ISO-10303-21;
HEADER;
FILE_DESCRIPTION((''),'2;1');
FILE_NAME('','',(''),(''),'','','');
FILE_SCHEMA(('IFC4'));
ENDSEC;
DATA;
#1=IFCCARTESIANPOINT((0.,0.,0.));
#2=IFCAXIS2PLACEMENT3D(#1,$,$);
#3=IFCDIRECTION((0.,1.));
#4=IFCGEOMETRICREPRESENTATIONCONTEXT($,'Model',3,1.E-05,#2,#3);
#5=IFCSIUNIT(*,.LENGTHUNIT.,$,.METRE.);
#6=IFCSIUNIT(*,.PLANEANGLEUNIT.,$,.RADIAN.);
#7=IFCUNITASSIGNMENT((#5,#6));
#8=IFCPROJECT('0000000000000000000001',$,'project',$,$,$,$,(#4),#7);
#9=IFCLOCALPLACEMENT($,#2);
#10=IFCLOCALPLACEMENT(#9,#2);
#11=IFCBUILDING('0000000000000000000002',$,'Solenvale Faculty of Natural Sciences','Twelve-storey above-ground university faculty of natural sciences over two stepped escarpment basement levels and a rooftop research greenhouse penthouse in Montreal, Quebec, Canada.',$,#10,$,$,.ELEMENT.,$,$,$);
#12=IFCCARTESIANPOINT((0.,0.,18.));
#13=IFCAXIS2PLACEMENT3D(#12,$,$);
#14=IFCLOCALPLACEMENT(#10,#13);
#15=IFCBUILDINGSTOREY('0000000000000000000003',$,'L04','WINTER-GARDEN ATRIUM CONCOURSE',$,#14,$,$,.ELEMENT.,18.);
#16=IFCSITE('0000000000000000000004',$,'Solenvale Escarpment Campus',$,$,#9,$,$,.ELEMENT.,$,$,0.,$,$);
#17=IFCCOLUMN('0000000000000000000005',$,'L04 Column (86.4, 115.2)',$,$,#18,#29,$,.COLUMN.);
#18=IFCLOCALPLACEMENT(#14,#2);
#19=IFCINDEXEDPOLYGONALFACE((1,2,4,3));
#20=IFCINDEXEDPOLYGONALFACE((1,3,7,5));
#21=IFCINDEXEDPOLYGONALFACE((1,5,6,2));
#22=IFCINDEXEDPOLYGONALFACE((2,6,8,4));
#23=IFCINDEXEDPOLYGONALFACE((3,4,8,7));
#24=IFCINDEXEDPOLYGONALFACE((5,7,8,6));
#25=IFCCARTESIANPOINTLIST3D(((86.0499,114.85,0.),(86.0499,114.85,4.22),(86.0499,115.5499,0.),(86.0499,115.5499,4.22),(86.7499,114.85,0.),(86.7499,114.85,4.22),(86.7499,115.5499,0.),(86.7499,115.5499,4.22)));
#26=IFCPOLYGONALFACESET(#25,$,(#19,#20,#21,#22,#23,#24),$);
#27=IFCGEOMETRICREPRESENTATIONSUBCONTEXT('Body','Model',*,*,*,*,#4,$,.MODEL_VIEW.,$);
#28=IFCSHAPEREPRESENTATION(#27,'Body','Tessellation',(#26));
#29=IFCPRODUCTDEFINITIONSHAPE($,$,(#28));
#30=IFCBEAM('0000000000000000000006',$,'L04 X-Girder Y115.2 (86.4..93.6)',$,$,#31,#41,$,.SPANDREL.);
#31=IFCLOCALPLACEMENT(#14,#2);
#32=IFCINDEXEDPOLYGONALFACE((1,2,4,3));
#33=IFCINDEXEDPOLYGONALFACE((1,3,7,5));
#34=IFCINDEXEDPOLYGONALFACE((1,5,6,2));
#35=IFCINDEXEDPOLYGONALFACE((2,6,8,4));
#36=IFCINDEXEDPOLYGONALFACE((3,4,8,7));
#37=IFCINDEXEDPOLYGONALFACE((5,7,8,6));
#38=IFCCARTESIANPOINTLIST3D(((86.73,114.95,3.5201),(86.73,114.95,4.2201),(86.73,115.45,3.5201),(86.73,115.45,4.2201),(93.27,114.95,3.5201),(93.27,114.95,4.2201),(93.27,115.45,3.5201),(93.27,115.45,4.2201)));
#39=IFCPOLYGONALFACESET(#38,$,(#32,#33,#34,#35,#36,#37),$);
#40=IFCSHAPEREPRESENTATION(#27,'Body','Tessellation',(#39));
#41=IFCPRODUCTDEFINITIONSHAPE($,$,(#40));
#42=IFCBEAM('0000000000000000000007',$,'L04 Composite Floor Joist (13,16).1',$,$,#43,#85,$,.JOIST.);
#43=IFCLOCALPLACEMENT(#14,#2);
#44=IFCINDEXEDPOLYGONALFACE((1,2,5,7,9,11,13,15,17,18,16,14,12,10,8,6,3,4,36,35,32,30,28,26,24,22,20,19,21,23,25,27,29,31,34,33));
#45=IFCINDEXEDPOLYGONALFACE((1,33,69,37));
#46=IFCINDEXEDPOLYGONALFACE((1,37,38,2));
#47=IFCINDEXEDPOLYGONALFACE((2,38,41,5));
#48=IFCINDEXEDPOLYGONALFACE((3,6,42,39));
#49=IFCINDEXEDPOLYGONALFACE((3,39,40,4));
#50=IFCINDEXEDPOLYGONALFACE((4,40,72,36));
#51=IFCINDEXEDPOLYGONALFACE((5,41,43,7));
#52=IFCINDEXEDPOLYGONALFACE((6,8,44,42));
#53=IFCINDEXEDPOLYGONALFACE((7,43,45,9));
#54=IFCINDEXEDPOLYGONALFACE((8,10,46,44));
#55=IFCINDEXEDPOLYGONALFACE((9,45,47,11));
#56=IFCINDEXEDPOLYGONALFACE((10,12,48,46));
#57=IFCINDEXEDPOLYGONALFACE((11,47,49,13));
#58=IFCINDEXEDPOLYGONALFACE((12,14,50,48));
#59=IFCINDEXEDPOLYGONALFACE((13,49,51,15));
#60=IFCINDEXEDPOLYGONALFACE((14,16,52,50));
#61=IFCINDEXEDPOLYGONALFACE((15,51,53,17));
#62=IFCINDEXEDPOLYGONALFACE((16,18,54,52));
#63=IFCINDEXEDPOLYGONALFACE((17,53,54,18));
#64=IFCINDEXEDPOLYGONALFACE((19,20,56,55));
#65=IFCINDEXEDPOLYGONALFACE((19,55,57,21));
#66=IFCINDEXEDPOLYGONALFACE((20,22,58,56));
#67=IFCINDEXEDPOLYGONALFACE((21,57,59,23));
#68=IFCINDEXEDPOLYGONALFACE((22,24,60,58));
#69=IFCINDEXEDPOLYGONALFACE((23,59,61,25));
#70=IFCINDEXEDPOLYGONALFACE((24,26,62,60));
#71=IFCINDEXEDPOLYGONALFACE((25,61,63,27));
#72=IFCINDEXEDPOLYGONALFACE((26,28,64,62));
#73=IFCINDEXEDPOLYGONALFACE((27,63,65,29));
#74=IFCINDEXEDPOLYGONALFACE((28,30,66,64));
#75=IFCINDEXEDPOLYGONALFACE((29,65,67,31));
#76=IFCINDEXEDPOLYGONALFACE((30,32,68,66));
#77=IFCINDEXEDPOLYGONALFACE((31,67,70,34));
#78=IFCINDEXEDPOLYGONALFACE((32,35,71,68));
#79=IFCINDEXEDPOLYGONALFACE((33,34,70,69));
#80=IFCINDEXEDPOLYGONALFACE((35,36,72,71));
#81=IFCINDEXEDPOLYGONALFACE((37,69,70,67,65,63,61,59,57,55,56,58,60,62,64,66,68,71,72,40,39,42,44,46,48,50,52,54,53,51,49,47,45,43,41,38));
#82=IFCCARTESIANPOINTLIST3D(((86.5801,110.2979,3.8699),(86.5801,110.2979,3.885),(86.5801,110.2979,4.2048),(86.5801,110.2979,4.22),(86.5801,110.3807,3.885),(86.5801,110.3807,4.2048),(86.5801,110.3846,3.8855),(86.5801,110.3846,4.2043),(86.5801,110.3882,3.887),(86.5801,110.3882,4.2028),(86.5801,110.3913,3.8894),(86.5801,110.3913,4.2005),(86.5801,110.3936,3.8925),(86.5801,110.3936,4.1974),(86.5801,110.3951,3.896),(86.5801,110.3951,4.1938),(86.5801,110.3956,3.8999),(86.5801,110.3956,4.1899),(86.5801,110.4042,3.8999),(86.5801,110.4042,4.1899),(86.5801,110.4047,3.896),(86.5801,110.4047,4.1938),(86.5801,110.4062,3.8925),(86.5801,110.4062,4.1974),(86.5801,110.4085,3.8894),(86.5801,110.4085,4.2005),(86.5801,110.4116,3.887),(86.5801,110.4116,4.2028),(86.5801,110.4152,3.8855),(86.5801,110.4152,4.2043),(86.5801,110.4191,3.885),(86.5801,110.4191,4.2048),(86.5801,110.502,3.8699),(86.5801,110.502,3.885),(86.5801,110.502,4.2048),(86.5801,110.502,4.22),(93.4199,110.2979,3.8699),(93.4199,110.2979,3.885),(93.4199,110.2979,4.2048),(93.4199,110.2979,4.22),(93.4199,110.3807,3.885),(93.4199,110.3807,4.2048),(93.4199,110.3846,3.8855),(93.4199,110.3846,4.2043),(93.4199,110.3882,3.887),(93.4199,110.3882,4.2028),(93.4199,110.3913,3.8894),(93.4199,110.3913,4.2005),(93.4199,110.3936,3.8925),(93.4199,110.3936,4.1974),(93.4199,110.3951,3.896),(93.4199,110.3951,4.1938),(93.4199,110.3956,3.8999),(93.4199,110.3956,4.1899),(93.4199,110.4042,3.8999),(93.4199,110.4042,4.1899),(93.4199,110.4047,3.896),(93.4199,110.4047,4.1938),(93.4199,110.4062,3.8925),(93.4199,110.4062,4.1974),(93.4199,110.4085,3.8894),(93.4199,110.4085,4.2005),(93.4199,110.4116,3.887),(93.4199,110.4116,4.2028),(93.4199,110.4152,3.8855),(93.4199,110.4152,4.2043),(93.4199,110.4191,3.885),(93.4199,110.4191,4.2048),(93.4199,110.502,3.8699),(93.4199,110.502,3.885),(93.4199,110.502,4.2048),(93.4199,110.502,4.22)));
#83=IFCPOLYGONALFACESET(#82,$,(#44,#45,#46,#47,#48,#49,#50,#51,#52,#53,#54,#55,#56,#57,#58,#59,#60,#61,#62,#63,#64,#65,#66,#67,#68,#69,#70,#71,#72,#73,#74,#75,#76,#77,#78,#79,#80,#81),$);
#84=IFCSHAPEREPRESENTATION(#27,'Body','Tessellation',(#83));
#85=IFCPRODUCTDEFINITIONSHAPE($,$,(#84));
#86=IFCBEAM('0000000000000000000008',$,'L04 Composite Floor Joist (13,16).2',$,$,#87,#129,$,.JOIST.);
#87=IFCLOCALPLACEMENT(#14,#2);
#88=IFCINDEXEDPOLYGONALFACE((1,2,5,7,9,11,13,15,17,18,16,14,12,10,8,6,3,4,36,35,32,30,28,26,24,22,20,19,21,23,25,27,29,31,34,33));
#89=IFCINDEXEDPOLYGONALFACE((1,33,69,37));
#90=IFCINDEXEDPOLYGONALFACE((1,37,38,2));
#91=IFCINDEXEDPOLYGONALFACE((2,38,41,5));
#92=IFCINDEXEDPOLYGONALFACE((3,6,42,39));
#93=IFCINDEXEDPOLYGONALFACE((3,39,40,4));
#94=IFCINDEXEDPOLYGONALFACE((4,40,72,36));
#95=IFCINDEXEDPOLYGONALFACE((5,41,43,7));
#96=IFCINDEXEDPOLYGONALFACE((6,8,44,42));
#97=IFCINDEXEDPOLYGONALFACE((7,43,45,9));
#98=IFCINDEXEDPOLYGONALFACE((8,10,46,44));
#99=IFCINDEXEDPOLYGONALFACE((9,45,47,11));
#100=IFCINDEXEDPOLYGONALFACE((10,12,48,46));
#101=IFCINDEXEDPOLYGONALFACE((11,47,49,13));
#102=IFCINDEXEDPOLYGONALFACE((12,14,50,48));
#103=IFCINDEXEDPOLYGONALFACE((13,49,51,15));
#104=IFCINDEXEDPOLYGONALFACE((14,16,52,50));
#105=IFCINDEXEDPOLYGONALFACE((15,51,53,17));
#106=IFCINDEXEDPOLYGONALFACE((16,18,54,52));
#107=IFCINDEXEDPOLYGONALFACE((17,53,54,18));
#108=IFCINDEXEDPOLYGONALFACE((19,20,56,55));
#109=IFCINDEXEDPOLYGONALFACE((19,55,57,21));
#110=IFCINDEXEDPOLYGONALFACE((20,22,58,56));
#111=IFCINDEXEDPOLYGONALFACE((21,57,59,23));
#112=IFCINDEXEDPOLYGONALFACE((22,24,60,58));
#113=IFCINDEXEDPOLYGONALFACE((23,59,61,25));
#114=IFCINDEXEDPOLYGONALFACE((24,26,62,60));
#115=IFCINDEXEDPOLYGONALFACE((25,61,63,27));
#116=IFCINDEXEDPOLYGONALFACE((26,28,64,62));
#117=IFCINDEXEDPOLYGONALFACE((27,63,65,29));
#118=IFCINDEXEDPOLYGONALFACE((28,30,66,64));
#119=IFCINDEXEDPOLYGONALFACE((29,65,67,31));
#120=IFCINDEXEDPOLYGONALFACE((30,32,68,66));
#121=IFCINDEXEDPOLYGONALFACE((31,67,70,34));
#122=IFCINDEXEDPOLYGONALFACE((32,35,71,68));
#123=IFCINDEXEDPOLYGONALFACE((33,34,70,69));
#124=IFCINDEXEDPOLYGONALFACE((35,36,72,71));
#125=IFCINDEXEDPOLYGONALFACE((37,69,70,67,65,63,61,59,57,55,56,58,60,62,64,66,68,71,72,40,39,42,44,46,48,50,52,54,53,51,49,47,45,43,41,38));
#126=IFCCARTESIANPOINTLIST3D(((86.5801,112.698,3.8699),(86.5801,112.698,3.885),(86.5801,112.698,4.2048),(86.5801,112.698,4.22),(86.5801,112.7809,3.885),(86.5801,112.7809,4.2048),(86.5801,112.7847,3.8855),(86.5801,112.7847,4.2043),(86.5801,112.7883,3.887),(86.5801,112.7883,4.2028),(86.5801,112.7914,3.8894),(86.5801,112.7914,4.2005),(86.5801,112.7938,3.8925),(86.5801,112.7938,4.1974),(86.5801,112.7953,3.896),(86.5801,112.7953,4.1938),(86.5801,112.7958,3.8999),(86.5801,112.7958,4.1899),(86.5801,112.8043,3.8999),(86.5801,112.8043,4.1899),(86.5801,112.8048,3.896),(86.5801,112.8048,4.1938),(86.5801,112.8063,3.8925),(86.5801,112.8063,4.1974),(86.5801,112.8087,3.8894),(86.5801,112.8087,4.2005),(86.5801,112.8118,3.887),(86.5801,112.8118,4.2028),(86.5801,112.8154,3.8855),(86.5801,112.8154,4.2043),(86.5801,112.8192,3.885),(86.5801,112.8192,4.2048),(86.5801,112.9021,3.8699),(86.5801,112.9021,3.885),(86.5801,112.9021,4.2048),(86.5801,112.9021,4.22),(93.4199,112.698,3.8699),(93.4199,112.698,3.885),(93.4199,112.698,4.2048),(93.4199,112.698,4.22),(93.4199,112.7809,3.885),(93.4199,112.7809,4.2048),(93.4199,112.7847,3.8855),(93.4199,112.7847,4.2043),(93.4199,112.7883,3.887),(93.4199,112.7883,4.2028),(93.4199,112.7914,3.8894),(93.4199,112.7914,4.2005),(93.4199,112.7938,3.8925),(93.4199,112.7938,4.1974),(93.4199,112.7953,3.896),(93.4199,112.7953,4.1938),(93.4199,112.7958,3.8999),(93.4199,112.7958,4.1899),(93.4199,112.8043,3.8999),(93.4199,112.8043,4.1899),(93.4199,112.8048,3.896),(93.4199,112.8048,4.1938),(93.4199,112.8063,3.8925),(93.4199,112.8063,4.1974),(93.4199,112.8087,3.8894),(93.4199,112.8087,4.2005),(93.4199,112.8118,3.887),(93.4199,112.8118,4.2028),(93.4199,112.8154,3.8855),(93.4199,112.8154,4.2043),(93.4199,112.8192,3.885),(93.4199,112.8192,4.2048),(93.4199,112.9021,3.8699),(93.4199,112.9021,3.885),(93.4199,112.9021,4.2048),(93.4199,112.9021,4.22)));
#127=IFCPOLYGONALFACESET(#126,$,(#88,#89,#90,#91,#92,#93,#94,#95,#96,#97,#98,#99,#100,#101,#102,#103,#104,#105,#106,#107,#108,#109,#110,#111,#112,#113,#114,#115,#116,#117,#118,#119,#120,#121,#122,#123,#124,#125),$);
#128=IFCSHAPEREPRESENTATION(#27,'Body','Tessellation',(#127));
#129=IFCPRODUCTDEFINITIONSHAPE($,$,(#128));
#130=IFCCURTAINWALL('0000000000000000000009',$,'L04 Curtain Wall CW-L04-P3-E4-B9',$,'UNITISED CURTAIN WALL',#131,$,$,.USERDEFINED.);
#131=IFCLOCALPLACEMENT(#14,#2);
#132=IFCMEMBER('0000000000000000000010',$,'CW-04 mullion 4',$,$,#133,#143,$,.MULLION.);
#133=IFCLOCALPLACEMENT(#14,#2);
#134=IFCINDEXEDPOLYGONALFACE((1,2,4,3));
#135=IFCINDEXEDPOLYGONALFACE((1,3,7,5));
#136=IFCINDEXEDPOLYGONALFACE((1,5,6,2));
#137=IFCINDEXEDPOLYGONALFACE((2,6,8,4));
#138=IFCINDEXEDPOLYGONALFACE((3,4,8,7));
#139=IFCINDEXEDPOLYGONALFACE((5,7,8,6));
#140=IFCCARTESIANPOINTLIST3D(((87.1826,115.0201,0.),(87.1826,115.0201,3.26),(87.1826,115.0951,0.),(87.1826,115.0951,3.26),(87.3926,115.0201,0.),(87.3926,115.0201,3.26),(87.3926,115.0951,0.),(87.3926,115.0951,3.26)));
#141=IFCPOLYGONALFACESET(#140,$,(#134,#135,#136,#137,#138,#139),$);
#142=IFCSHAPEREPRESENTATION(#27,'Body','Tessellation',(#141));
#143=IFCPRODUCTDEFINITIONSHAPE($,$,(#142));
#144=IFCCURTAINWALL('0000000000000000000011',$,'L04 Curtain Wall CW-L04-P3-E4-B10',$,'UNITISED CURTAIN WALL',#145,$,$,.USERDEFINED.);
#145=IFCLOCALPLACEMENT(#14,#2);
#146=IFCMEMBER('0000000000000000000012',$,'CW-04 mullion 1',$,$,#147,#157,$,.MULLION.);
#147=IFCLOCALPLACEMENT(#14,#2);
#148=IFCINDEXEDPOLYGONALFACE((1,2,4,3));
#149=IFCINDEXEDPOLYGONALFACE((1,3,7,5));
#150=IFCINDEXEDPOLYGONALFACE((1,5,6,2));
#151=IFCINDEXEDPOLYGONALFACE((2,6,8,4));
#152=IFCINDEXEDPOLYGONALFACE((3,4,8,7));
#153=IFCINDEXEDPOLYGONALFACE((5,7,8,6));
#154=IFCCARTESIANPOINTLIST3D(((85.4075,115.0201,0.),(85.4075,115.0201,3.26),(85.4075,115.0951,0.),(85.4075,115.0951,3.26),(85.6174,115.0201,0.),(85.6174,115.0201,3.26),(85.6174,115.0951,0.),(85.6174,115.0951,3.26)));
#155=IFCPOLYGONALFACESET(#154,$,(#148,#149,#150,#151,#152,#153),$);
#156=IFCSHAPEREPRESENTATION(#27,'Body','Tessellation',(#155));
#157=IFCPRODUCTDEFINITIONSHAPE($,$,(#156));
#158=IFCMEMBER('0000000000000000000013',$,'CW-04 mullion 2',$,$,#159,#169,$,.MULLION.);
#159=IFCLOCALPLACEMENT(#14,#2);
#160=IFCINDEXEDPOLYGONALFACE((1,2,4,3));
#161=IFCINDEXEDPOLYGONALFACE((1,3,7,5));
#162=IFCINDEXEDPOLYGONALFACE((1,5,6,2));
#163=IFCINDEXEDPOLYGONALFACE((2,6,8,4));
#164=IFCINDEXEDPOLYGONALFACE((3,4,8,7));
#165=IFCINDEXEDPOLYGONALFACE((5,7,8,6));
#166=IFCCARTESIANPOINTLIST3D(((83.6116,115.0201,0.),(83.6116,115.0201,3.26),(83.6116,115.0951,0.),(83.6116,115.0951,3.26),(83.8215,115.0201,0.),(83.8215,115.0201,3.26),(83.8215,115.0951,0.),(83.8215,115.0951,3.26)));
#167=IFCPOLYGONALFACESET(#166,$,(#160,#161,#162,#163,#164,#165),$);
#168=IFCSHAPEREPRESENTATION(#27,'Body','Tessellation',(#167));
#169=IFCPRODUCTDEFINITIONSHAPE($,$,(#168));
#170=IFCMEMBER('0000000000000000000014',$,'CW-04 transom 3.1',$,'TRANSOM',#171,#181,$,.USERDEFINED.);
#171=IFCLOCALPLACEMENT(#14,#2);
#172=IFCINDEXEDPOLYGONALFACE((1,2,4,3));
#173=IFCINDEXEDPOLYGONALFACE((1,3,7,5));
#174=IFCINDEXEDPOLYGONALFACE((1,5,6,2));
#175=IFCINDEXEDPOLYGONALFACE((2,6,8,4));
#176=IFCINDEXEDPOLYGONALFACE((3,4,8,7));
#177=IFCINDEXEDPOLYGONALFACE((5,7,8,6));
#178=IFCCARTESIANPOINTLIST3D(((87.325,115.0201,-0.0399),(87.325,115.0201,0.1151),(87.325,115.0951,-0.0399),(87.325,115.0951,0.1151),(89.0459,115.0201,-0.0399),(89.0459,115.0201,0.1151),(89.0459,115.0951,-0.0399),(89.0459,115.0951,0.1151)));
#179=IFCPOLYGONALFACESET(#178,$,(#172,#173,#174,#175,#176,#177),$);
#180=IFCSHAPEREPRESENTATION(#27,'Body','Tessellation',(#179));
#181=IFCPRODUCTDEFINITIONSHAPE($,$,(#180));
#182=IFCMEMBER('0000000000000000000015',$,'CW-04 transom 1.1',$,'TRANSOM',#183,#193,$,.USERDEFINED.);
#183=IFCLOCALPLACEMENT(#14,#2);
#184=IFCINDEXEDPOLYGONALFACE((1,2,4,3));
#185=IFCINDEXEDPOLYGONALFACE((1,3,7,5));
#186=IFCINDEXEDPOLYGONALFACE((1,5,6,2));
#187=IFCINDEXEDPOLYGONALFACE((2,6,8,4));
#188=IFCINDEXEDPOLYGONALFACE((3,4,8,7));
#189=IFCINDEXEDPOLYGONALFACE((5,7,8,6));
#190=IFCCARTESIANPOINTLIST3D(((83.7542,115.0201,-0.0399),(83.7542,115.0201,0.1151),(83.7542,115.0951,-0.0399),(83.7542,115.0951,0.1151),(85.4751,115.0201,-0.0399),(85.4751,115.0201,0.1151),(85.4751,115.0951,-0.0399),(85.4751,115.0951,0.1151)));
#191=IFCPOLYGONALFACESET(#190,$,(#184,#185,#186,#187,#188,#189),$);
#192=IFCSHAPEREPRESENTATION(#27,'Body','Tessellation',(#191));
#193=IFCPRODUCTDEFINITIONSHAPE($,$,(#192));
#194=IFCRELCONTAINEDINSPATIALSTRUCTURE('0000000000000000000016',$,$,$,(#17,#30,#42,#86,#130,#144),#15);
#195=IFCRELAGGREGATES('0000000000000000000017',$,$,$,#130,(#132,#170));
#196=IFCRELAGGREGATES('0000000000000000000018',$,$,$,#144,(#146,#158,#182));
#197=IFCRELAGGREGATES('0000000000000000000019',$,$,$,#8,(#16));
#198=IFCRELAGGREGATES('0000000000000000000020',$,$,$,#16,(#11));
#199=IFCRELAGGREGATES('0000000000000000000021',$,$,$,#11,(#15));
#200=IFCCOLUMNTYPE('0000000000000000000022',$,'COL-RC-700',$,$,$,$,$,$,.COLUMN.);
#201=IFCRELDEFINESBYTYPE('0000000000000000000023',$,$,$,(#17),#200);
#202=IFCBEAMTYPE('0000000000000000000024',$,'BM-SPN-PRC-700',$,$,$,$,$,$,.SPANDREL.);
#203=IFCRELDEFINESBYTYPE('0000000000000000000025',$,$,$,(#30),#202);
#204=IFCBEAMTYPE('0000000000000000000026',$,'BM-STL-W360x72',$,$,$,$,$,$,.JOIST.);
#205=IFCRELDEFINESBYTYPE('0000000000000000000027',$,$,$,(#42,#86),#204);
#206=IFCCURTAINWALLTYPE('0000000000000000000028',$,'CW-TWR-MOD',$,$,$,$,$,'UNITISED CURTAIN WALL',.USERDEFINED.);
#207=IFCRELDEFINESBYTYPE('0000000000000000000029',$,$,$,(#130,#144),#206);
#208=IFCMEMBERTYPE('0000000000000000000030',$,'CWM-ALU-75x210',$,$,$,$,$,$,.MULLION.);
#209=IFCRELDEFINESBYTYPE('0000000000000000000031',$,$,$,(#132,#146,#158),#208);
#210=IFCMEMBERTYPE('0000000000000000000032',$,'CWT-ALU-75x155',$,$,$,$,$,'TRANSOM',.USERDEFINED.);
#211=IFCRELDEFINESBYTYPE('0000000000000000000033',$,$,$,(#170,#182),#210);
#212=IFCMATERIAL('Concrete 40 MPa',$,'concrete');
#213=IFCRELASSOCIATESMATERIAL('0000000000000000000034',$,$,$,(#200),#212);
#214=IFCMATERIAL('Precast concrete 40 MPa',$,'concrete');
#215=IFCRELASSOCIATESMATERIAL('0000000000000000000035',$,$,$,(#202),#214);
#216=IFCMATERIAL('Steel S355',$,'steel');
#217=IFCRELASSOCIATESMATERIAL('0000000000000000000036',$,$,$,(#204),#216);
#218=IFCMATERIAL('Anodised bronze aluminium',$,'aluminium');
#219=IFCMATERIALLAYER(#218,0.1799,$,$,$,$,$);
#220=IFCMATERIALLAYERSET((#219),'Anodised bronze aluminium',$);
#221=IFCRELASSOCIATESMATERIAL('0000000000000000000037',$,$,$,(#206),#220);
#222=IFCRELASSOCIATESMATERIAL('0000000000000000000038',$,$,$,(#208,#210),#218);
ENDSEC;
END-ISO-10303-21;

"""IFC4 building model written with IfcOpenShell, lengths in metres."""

from ifc_helpers import new_model, si_unit, direction, frame, origin, origin_2d, place, context, subcontext, project, spatial, rectangle, i_section, extrude, material, layer, layer_set, material_profile, profile_set, type_object, element, aggregate, save


model = new_model("IFC4")

# Units and contexts
model_context = context("Model", 3, precision=1e-05, world=origin(), true_north=direction((0.0, 1.0)))
body_context = subcontext(model_context, "Body", "Model", "MODEL_VIEW")
ifc_project = project(units=[si_unit("LENGTHUNIT", "METRE"), si_unit("PLANEANGLEUNIT", "RADIAN")], contexts=[model_context])

# Site, building, storey
site_placement = place(None, origin())
site = spatial("IfcSite", under=ifc_project, at=site_placement, Name="Solenvale Escarpment Campus", CompositionType="ELEMENT", RefElevation=0.0)
building_placement = place(site_placement, origin())
building = spatial("IfcBuilding", under=site, at=building_placement, Name="Solenvale Faculty of Natural Sciences", Description="Twelve-storey above-ground university faculty of natural sciences over two stepped escarpment basement levels and a rooftop research greenhouse penthouse in Montreal, Quebec, Canada.", CompositionType="ELEMENT")
storey_placement = place(building_placement, frame((0.0, 0.0, 18.0)))
storey = spatial("IfcBuildingStorey", under=building, at=storey_placement, Name="L04", Description="WINTER-GARDEN ATRIUM CONCOURSE", CompositionType="ELEMENT", Elevation=18.0)

# Column
ifc_material_1 = material(Name="Concrete 40 MPa", Category="concrete")
ifc_material_profile_1 = material_profile(ifc_material_1, rectangle(XDim=0.7, YDim=0.7, at=origin_2d()), Name="RC-COL-700x700")
ifc_profile_set_1 = profile_set([ifc_material_profile_1], Name="Concrete 40 MPa")
column_type = type_object("IfcColumnType", Name="COL-RC-700", PredefinedType="COLUMN", material=ifc_profile_set_1)
column_placement = place(storey_placement, frame((86.3999, 115.2, 0.0), z_axis=(0.0, 0.0, 1.0), x_axis=(1.0, 0.0, 0.0)))
element("IfcColumn", 1, at=column_placement, inside=storey, type_object=column_type, Name="L04 Column (86.4, 115.2)", PredefinedType="COLUMN", context=body_context, shape_type="SweptSolid", body=[
    extrude(rectangle(XDim=0.7, YDim=0.7, at=origin_2d()), origin(), (0.0, 0.0, 1.0), 4.22),
])

# Beams
ifc_material_2 = material(Name="Precast concrete 40 MPa", Category="concrete")
ifc_material_profile_2 = material_profile(ifc_material_2, rectangle(XDim=0.5, YDim=0.7, at=origin_2d()), Name="RC-BM-500x700")
ifc_profile_set_2 = profile_set([ifc_material_profile_2], Name="Precast concrete 40 MPa")
beam_type_1 = type_object("IfcBeamType", Name="BM-SPN-PRC-700", PredefinedType="SPANDREL", material=ifc_profile_set_2)
beam_placement = place(storey_placement, frame((86.73, 115.2, 3.8701), z_axis=(1.0, 0.0, 0.0), x_axis=(0.0, 1.0, 0.0)))
element("IfcBeam", 2, at=beam_placement, inside=storey, type_object=beam_type_1, Name="L04 X-Girder Y115.2 (86.4..93.6)", PredefinedType="SPANDREL", context=body_context, shape_type="SweptSolid", body=[
    extrude(rectangle(XDim=0.5, YDim=0.7, at=origin_2d()), origin(), (0.0, 0.0, 1.0), 6.54),
])
ifc_material_3 = material(Name="Steel S355", Category="steel")
ifc_material_profile_3 = material_profile(ifc_material_3, i_section(OverallWidth=0.2041, OverallDepth=0.3501, WebThickness=0.0085, FlangeThickness=0.0151, FilletRadius=0.0149, at=origin_2d()), Name="W360x72")
ifc_profile_set_3 = profile_set([ifc_material_profile_3], Name="Steel S355")
beam_type_2 = type_object("IfcBeamType", Name="BM-STL-W360x72", PredefinedType="JOIST", material=ifc_profile_set_3)
for number, where, z_axis, x_axis, name in (
    (3, (86.5801, 110.3999, 4.0449), (1.0, 0.0, 0.0), (0.0, 1.0, 0.0), "L04 Composite Floor Joist (13,16).1"),
    (4, (86.5801, 112.8, 4.0449), (1.0, 0.0, 0.0), (0.0, 1.0, 0.0), "L04 Composite Floor Joist (13,16).2"),
):
    element("IfcBeam", number, at=place(storey_placement, frame(where, z_axis=z_axis, x_axis=x_axis)), inside=storey, type_object=beam_type_2, Name=name, PredefinedType="JOIST", context=body_context, shape_type="SweptSolid", body=[
        extrude(i_section(OverallWidth=0.2041, OverallDepth=0.3501, WebThickness=0.0085, FlangeThickness=0.0151, FilletRadius=0.0149, at=origin_2d()), origin(), (0.0, 0.0, 1.0), 6.8398),
    ])

# Curtain wall, member
ifc_material_4 = material(Name="Anodised bronze aluminium", Category="aluminium")
ifc_layer_1 = layer(ifc_material_4, 0.1799)
ifc_layer_set_1 = layer_set([ifc_layer_1], Name="Anodised bronze aluminium")
curtain_wall_type = type_object("IfcCurtainWallType", Name="CW-TWR-MOD", ElementType="UNITISED CURTAIN WALL", PredefinedType="USERDEFINED", material=ifc_layer_set_1)
curtain_wall_1_placement = place(storey_placement, origin())
curtain_wall_1 = element("IfcCurtainWall", 5, at=curtain_wall_1_placement, inside=storey, type_object=curtain_wall_type, Name="L04 Curtain Wall CW-L04-P3-E4-B9", ObjectType="UNITISED CURTAIN WALL", PredefinedType="USERDEFINED")
ifc_material_profile_4 = material_profile(ifc_material_4, rectangle(XDim=0.075, YDim=0.21, at=origin_2d()), Name="ALU-MUL-75x210")
ifc_profile_set_4 = profile_set([ifc_material_profile_4], Name="Anodised bronze aluminium")
member_type_1 = type_object("IfcMemberType", Name="CWM-ALU-75x210", PredefinedType="MULLION", material=ifc_profile_set_4)
member_1_placement = place(storey_placement, frame((87.2876, 115.0576, 0.0), z_axis=(0.0, 0.0, 1.0), x_axis=(0.0, -1.0, 0.0)))
member_1 = element("IfcMember", 6, at=member_1_placement, type_object=member_type_1, Name="CW-04 mullion 4", PredefinedType="MULLION", context=body_context, shape_type="SweptSolid", body=[
    extrude(rectangle(XDim=0.075, YDim=0.21, at=origin_2d()), origin(), (0.0, 0.0, 1.0), 3.26),
])

# Curtain wall, members
curtain_wall_2_placement = place(storey_placement, origin())
curtain_wall_2 = element("IfcCurtainWall", 7, at=curtain_wall_2_placement, inside=storey, type_object=curtain_wall_type, Name="L04 Curtain Wall CW-L04-P3-E4-B10", ObjectType="UNITISED CURTAIN WALL", PredefinedType="USERDEFINED")
member_2_placement = place(storey_placement, frame((85.5125, 115.0576, 0.0), z_axis=(0.0, 0.0, 1.0), x_axis=(0.0, -1.0, 0.0)))
member_2 = element("IfcMember", 8, at=member_2_placement, type_object=member_type_1, Name="CW-04 mullion 1", PredefinedType="MULLION", context=body_context, shape_type="SweptSolid", body=[
    extrude(rectangle(XDim=0.075, YDim=0.21, at=origin_2d()), origin(), (0.0, 0.0, 1.0), 3.26),
])
member_3_placement = place(storey_placement, frame((83.7166, 115.0576, 0.0), z_axis=(0.0, 0.0, 1.0), x_axis=(0.0, -1.0, 0.0)))
member_3 = element("IfcMember", 9, at=member_3_placement, type_object=member_type_1, Name="CW-04 mullion 2", PredefinedType="MULLION", context=body_context, shape_type="SweptSolid", body=[
    extrude(rectangle(XDim=0.075, YDim=0.21, at=origin_2d()), origin(), (0.0, 0.0, 1.0), 3.26),
])

# Members
ifc_material_profile_5 = material_profile(ifc_material_4, rectangle(XDim=0.075, YDim=0.155, at=origin_2d()), Name="ALU-TRN-75x155")
ifc_profile_set_5 = profile_set([ifc_material_profile_5], Name="Anodised bronze aluminium")
member_type_2 = type_object("IfcMemberType", Name="CWT-ALU-75x155", ElementType="TRANSOM", PredefinedType="USERDEFINED", material=ifc_profile_set_5)
member_4_placement = place(storey_placement, frame((89.0459, 115.0576, 0.0376), z_axis=(-1.0, 0.0, 0.0), x_axis=(0.0, -1.0, 0.0)))
member_4 = element("IfcMember", 10, at=member_4_placement, type_object=member_type_2, Name="CW-04 transom 3.1", ObjectType="TRANSOM", PredefinedType="USERDEFINED", context=body_context, shape_type="SweptSolid", body=[
    extrude(rectangle(XDim=0.075, YDim=0.155, at=origin_2d()), origin(), (0.0, 0.0, 1.0), 1.7209),
])
member_5_placement = place(storey_placement, frame((85.4751, 115.0576, 0.0376), z_axis=(-1.0, 0.0, 0.0), x_axis=(0.0, -1.0, 0.0)))
member_5 = element("IfcMember", 11, at=member_5_placement, type_object=member_type_2, Name="CW-04 transom 1.1", ObjectType="TRANSOM", PredefinedType="USERDEFINED", context=body_context, shape_type="SweptSolid", body=[
    extrude(rectangle(XDim=0.075, YDim=0.155, at=origin_2d()), origin(), (0.0, 0.0, 1.0), 1.7209),
])

aggregate(curtain_wall_1, [member_1, member_4])
aggregate(curtain_wall_2, [member_2, member_3, member_5])

save(model, "model.ifc")
